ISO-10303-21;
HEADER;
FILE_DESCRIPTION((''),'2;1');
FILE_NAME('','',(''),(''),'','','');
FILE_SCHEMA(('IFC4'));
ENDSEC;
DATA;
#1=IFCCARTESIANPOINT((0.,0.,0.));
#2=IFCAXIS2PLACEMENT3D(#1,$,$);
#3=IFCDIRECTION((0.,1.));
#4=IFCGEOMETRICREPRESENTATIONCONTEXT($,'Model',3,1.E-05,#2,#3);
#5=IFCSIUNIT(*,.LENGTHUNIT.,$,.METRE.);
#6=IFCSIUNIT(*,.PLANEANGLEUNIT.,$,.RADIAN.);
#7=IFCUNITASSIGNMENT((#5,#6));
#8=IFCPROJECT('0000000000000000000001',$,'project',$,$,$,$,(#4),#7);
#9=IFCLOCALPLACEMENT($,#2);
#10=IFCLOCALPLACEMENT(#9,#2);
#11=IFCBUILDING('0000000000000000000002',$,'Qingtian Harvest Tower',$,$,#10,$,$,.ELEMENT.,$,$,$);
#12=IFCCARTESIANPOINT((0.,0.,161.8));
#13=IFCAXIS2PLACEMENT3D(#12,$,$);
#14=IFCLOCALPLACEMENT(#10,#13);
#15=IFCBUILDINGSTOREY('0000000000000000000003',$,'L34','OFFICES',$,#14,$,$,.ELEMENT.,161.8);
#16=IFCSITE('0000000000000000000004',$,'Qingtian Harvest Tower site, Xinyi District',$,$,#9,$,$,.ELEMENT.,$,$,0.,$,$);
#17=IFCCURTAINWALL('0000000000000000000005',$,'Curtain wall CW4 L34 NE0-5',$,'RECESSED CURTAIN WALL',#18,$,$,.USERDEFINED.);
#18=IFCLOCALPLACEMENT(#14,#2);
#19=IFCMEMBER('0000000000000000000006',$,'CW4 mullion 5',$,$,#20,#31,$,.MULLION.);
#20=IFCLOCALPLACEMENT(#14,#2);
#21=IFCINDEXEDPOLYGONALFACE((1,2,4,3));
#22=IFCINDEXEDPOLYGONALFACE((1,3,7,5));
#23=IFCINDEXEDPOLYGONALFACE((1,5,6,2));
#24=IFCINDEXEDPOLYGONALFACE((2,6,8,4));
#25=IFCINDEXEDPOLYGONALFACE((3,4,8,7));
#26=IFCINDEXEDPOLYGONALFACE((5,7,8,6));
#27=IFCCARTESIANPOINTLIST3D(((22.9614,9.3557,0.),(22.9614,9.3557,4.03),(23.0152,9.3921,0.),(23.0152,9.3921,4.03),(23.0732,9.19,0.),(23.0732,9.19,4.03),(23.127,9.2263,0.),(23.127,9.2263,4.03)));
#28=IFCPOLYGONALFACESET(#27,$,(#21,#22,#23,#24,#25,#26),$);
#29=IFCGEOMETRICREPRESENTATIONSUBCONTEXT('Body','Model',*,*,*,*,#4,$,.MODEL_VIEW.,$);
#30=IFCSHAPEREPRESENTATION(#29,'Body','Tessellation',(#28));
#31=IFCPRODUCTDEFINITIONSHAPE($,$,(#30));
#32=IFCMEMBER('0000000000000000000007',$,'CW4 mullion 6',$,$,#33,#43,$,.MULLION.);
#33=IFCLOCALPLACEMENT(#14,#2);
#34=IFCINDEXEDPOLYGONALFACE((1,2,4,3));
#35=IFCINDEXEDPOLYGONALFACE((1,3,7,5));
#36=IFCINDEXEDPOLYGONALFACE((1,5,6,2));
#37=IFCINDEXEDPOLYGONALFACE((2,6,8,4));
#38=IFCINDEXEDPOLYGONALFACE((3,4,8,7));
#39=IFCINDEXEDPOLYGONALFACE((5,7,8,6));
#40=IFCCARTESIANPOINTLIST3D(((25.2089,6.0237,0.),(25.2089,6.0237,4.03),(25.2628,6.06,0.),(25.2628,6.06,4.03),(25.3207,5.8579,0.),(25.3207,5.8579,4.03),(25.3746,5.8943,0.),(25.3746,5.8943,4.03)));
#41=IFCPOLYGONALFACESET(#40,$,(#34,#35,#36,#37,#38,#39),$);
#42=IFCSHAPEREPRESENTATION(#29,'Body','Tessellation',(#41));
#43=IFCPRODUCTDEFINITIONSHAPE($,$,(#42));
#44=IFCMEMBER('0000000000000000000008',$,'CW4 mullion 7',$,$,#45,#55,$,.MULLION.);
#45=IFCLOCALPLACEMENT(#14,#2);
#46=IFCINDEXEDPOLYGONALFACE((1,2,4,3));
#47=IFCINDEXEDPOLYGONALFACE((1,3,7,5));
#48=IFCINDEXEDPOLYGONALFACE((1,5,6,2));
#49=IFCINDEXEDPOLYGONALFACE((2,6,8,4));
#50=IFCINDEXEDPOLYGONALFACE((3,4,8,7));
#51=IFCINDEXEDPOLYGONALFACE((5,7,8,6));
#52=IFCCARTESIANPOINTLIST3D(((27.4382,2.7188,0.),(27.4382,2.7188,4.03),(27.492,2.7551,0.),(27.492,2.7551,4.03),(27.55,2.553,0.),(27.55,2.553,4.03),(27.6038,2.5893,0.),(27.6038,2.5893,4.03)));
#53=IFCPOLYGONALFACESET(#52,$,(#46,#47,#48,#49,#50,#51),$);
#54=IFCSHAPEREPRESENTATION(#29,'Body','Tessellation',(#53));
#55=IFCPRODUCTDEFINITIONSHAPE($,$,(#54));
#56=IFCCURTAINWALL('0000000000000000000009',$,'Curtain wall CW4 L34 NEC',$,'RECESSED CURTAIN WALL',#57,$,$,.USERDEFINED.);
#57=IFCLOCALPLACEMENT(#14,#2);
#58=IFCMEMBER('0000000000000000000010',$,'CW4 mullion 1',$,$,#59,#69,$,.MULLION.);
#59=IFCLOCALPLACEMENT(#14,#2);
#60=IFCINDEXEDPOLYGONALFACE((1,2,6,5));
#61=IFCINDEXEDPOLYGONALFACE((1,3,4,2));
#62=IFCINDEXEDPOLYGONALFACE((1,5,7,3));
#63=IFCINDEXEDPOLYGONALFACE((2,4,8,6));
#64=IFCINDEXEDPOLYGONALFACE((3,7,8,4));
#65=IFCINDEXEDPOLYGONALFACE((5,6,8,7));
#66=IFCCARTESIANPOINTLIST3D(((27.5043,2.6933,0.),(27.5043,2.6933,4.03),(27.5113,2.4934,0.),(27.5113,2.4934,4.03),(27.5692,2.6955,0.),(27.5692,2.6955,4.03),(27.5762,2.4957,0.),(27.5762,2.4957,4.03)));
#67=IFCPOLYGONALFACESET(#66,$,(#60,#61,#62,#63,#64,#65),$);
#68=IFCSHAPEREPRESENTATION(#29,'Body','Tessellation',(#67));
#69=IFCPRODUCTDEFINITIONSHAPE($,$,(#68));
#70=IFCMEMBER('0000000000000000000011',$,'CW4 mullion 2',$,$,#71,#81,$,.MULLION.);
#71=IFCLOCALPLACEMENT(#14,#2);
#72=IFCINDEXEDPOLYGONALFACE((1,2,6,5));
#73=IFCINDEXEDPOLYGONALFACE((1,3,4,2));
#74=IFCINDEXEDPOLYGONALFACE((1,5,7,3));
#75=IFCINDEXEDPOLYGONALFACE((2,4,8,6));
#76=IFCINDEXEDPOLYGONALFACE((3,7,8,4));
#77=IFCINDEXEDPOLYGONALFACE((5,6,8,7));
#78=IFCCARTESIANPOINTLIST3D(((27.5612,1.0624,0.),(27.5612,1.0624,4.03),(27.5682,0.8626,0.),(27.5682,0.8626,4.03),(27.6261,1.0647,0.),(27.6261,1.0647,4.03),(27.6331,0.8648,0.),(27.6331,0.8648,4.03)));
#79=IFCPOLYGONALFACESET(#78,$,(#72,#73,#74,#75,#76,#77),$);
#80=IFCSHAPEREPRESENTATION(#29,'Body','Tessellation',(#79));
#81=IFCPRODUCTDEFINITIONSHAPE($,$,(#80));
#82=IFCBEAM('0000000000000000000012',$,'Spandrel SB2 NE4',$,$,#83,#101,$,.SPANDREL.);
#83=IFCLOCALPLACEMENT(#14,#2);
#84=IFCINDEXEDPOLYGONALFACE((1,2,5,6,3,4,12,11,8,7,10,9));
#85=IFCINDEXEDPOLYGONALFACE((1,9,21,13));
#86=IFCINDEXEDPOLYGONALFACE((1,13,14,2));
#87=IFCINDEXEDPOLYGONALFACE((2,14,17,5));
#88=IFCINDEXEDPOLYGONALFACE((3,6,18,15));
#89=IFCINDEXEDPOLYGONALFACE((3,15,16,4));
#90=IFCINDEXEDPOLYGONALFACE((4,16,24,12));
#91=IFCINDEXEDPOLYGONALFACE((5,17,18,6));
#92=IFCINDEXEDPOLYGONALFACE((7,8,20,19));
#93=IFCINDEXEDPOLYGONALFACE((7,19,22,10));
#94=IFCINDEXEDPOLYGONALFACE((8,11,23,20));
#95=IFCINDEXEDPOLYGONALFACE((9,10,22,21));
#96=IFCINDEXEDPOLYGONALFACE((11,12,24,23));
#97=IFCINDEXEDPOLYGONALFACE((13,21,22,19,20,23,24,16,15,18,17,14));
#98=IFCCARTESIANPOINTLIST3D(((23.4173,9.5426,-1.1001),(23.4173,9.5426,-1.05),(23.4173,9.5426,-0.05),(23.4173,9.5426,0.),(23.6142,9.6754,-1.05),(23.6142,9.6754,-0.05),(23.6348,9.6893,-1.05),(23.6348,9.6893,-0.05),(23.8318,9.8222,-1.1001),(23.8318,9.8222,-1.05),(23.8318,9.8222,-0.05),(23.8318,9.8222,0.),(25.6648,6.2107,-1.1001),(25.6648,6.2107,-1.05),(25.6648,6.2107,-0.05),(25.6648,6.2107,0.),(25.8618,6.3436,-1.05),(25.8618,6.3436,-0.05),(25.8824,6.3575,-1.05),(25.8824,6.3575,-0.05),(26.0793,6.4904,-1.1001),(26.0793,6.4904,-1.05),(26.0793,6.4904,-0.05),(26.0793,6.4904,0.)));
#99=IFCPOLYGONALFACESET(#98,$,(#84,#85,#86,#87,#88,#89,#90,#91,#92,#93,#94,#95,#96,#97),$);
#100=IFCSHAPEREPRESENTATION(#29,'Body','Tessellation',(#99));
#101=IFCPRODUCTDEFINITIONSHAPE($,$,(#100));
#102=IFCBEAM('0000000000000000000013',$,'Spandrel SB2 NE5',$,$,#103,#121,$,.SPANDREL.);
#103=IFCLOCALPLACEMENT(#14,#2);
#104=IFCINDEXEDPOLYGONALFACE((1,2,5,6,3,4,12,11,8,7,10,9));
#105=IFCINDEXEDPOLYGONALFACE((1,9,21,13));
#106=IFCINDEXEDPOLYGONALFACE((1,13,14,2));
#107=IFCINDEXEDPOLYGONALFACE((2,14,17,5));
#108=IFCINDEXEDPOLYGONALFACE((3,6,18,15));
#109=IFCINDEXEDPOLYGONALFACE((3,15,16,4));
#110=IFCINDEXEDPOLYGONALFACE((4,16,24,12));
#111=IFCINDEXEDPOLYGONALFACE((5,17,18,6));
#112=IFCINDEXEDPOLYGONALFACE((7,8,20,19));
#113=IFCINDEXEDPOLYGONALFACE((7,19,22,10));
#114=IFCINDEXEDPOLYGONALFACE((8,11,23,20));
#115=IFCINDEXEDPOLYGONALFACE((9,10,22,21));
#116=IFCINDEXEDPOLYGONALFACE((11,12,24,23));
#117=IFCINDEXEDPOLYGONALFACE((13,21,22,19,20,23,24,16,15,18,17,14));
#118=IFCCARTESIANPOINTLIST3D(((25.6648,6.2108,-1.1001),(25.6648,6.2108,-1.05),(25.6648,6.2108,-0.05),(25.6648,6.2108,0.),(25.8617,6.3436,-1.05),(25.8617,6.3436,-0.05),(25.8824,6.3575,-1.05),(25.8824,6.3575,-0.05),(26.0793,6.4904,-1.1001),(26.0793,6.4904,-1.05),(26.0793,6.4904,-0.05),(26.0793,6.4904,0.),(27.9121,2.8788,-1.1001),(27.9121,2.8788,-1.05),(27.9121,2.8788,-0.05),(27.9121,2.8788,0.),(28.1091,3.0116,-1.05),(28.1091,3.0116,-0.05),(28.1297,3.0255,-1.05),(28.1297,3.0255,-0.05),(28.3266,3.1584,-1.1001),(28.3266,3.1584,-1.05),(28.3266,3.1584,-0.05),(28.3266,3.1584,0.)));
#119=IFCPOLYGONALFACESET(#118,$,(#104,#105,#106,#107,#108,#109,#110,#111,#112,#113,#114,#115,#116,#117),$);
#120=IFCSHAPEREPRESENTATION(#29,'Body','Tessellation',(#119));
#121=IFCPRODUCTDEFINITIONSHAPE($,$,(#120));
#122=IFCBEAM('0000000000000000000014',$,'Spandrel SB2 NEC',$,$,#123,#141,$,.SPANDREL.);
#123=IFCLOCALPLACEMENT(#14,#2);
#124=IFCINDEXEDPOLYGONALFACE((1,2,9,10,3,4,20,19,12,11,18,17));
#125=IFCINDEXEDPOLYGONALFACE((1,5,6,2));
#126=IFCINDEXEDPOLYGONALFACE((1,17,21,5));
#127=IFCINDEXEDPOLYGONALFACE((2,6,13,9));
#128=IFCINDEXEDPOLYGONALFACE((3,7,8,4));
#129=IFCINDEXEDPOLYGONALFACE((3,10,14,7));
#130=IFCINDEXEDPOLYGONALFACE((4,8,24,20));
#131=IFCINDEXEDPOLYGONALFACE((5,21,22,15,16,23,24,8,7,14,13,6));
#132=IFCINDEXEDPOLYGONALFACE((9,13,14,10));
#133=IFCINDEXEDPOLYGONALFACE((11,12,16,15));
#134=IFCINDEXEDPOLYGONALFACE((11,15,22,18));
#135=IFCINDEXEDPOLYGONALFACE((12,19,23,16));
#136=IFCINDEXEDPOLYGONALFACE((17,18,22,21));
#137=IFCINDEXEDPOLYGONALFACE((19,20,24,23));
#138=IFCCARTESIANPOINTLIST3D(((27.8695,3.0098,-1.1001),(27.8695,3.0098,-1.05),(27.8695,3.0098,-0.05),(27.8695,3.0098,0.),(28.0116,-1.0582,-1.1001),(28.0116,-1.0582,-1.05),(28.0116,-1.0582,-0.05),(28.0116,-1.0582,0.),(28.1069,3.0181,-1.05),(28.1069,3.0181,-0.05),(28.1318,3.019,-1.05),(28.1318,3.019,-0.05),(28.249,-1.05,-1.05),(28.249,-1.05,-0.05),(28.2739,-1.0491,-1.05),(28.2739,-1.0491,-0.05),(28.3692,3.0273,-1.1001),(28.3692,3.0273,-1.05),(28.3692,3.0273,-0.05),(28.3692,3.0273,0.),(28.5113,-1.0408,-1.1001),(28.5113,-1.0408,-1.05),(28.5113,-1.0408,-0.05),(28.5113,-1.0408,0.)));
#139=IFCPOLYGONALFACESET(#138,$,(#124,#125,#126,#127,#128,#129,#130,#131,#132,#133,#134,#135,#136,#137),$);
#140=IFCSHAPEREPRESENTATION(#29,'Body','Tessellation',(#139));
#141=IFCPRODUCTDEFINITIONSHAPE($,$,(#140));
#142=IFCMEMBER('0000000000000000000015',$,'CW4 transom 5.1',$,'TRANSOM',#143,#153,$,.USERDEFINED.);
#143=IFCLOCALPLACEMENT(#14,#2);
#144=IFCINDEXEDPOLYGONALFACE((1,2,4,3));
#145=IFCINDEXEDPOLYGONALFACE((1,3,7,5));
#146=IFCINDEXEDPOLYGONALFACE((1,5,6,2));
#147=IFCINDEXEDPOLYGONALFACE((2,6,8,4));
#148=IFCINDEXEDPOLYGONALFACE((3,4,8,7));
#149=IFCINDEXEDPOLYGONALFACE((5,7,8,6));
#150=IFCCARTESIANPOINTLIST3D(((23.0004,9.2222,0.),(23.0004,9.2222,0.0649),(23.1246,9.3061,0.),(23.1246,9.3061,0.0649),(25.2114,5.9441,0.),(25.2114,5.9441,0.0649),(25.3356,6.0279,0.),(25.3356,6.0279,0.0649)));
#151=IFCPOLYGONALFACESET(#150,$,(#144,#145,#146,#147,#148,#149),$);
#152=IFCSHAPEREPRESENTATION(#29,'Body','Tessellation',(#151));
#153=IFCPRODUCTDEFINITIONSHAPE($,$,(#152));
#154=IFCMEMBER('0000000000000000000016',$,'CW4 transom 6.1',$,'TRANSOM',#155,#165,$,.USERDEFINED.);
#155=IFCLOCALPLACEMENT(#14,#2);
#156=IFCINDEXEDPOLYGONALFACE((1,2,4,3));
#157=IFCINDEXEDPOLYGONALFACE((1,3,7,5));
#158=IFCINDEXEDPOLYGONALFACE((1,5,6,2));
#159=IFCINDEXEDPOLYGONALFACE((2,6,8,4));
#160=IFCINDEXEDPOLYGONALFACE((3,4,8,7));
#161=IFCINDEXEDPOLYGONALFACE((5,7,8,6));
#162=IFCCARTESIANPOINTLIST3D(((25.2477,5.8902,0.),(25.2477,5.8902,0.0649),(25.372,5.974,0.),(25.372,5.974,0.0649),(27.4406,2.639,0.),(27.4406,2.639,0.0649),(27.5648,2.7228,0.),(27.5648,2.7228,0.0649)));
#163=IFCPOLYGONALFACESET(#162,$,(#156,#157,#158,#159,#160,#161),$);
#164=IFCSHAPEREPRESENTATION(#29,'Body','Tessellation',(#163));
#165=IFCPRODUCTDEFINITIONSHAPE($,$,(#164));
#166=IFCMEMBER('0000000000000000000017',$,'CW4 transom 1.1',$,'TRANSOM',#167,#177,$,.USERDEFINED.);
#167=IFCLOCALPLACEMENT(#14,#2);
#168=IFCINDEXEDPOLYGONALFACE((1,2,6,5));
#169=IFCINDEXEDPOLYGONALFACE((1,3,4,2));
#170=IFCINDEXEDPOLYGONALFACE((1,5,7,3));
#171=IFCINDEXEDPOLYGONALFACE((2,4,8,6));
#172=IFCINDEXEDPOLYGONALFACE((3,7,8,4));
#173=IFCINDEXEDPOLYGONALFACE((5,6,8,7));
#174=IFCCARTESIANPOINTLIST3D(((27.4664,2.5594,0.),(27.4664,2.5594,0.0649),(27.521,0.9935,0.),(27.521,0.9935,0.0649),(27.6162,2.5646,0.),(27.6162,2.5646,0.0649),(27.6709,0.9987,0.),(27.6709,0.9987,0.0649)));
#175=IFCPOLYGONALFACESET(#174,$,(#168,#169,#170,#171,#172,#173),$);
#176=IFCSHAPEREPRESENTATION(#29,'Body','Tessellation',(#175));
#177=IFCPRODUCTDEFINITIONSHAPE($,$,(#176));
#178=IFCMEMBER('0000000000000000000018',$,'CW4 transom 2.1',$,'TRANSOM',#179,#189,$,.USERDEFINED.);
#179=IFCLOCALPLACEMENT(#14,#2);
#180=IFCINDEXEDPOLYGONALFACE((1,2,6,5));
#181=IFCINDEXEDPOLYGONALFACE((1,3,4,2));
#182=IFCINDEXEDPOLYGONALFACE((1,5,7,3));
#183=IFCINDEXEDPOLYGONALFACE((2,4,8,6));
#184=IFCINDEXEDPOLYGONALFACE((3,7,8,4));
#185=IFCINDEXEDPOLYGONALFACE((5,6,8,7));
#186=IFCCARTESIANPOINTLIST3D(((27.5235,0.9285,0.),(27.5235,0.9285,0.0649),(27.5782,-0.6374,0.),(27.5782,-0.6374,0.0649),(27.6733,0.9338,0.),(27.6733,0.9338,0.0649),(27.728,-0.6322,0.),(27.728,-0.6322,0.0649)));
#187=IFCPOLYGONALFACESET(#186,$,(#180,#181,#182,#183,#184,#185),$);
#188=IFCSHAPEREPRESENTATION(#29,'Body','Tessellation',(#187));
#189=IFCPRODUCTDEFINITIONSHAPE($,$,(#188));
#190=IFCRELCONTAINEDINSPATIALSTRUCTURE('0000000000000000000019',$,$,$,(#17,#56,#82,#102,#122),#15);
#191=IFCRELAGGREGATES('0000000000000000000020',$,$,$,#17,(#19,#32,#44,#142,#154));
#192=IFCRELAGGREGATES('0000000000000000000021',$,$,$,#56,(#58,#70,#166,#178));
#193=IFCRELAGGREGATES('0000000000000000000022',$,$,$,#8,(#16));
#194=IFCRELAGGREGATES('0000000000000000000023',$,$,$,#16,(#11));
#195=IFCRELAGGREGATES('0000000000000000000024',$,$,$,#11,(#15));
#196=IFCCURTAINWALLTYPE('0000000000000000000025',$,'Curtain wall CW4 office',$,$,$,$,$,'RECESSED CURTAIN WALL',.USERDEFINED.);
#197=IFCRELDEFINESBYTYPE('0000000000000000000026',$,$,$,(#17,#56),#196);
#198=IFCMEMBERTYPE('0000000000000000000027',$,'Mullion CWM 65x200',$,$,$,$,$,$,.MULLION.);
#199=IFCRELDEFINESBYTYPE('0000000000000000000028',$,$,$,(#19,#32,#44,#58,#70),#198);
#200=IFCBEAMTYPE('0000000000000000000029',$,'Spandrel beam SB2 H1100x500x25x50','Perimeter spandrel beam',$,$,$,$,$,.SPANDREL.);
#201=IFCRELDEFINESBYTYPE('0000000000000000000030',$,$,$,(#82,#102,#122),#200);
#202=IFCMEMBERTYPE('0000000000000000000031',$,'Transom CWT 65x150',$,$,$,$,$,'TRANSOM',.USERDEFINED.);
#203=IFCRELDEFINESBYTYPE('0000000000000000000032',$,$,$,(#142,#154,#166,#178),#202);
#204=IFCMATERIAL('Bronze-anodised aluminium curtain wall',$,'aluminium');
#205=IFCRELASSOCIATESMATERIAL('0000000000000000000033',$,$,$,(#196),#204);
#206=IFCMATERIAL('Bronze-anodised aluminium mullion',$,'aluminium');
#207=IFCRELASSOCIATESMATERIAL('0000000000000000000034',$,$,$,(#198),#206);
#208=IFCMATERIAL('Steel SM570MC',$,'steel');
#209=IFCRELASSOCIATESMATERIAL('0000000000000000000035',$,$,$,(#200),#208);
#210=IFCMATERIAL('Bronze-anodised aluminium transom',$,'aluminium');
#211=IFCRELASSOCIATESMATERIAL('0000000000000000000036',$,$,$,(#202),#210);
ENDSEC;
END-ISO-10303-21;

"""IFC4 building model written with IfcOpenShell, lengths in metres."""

from ifc_helpers import new_model, si_unit, direction, frame, origin, origin_2d, place, context, subcontext, project, spatial, rectangle, i_section, extrude, material, material_profile, profile_set, type_object, element, aggregate, save


model = new_model("IFC4")

# Units and contexts
model_context = context("Model", 3, precision=1e-05, world=origin(), true_north=direction((0.0, 1.0)))
body_context = subcontext(model_context, "Body", "Model", "MODEL_VIEW")
ifc_project = project(units=[si_unit("LENGTHUNIT", "METRE"), si_unit("PLANEANGLEUNIT", "RADIAN")], contexts=[model_context])

# Site, building, storey
site_placement = place(None, origin())
site = spatial("IfcSite", under=ifc_project, at=site_placement, Name="Qingtian Harvest Tower site, Xinyi District", CompositionType="ELEMENT", RefElevation=0.0)
building_placement = place(site_placement, origin())
building = spatial("IfcBuilding", under=site, at=building_placement, Name="Qingtian Harvest Tower", CompositionType="ELEMENT")
storey_placement = place(building_placement, frame((0.0, 0.0, 161.8)))
storey = spatial("IfcBuildingStorey", under=building, at=storey_placement, Name="L34", Description="OFFICES", CompositionType="ELEMENT", Elevation=161.8)

# Curtain walls, members
ifc_material_1 = material(Name="Bronze-anodised aluminium curtain wall", Category="aluminium")
curtain_wall_type = type_object("IfcCurtainWallType", Name="Curtain wall CW4 office", ElementType="RECESSED CURTAIN WALL", PredefinedType="USERDEFINED", material=ifc_material_1)
curtain_wall_1_placement = place(storey_placement, origin())
curtain_wall_1 = element("IfcCurtainWall", 1, at=curtain_wall_1_placement, inside=storey, type_object=curtain_wall_type, Name="Curtain wall CW4 L34 NE0-5", ObjectType="RECESSED CURTAIN WALL", PredefinedType="USERDEFINED")
ifc_material_2 = material(Name="Bronze-anodised aluminium mullion", Category="aluminium")
ifc_material_profile_1 = material_profile(ifc_material_2, rectangle(XDim=0.0649, YDim=0.2, at=origin_2d()), Name="AL 65x200")
ifc_profile_set_1 = profile_set([ifc_material_profile_1], Name="Bronze-anodised aluminium mullion")
member_type_1 = type_object("IfcMemberType", Name="Mullion CWM 65x200", PredefinedType="MULLION", material=ifc_profile_set_1)
member_1_placement = place(storey_placement, frame((23.0442, 9.291, 0.0), z_axis=(0.0, 0.0, 1.0), x_axis=(0.829038, 0.559193, 0.0)))
member_1 = element("IfcMember", 2, at=member_1_placement, type_object=member_type_1, Name="CW4 mullion 5", PredefinedType="MULLION", context=body_context, shape_type="SweptSolid", body=[
    extrude(rectangle(XDim=0.0649, YDim=0.2, at=origin_2d()), origin(), (0.0, 0.0, 1.0), 4.03),
])
member_2_placement = place(storey_placement, frame((25.2917, 5.959, 0.0), z_axis=(0.0, 0.0, 1.0), x_axis=(0.829038, 0.559193, 0.0)))
member_2 = element("IfcMember", 3, at=member_2_placement, type_object=member_type_1, Name="CW4 mullion 6", PredefinedType="MULLION", context=body_context, shape_type="SweptSolid", body=[
    extrude(rectangle(XDim=0.0649, YDim=0.2, at=origin_2d()), origin(), (0.0, 0.0, 1.0), 4.03),
])
member_3_placement = place(storey_placement, frame((27.521, 2.6541, 0.0), z_axis=(0.0, 0.0, 1.0), x_axis=(0.829038, 0.559193, 0.0)))
member_3 = element("IfcMember", 4, at=member_3_placement, type_object=member_type_1, Name="CW4 mullion 7", PredefinedType="MULLION", context=body_context, shape_type="SweptSolid", body=[
    extrude(rectangle(XDim=0.0649, YDim=0.2, at=origin_2d()), origin(), (0.0, 0.0, 1.0), 4.03),
])
curtain_wall_2_placement = place(storey_placement, origin())
curtain_wall_2 = element("IfcCurtainWall", 5, at=curtain_wall_2_placement, inside=storey, type_object=curtain_wall_type, Name="Curtain wall CW4 L34 NEC", ObjectType="RECESSED CURTAIN WALL", PredefinedType="USERDEFINED")
member_4_placement = place(storey_placement, frame((27.5403, 2.5945, 0.0), z_axis=(0.0, 0.0, 1.0), x_axis=(0.999391, 0.034899, 0.0)))
member_4 = element("IfcMember", 6, at=member_4_placement, type_object=member_type_1, Name="CW4 mullion 1", PredefinedType="MULLION", context=body_context, shape_type="SweptSolid", body=[
    extrude(rectangle(XDim=0.0649, YDim=0.2, at=origin_2d()), origin(), (0.0, 0.0, 1.0), 4.03),
])
member_5_placement = place(storey_placement, frame((27.5972, 0.9636, 0.0), z_axis=(0.0, 0.0, 1.0), x_axis=(0.999391, 0.034899, 0.0)))
member_5 = element("IfcMember", 7, at=member_5_placement, type_object=member_type_1, Name="CW4 mullion 2", PredefinedType="MULLION", context=body_context, shape_type="SweptSolid", body=[
    extrude(rectangle(XDim=0.0649, YDim=0.2, at=origin_2d()), origin(), (0.0, 0.0, 1.0), 4.03),
])

# Beams
ifc_material_3 = material(Name="Steel SM570MC", Category="steel")
ifc_material_profile_2 = material_profile(ifc_material_3, i_section(OverallWidth=0.5, OverallDepth=1.1001, WebThickness=0.0249, FlangeThickness=0.05, at=origin_2d()), Name="H1100x500x25x50")
ifc_profile_set_2 = profile_set([ifc_material_profile_2], Name="Steel SM570MC")
beam_type_1 = type_object("IfcBeamType", Name="Spandrel beam SB2 H1100x500x25x50", Description="Perimeter spandrel beam", PredefinedType="SPANDREL", material=ifc_profile_set_2)
for number, where, z_axis, x_axis, name in (
    (8, (23.6245, 9.6824, -0.55), (0.559234, -0.82901, 0.0), (0.82901, 0.559234, 0.0), "Spandrel SB2 NE4"),
    (9, (25.8721, 6.3506, -0.55), (0.559164, -0.829057, 0.0), (0.829057, 0.559164, 0.0), "Spandrel SB2 NE5"),
):
    element("IfcBeam", number, at=place(storey_placement, frame(where, z_axis=z_axis, x_axis=x_axis)), inside=storey, type_object=beam_type_1, Name=name, PredefinedType="SPANDREL", context=body_context, shape_type="SweptSolid", body=[
        extrude(i_section(OverallWidth=0.5, OverallDepth=1.1001, WebThickness=0.0249, FlangeThickness=0.05, at=origin_2d()), origin(), (0.0, 0.0, 1.0), 4.019),
    ])
beam_1_placement = place(storey_placement, frame((28.1194, 3.0186, -0.55), z_axis=(0.034906, -0.999391, 0.0), x_axis=(0.999391, 0.034906, 0.0)))
element("IfcBeam", 10, at=beam_1_placement, inside=storey, type_object=beam_type_1, Name="Spandrel SB2 NEC", PredefinedType="SPANDREL", context=body_context, shape_type="SweptSolid", body=[
    extrude(i_section(OverallWidth=0.5, OverallDepth=1.1001, WebThickness=0.0249, FlangeThickness=0.05, at=origin_2d()), origin(), (0.0, 0.0, 1.0), 4.0706),
])

# Members
ifc_material_4 = material(Name="Bronze-anodised aluminium transom", Category="aluminium")
ifc_material_profile_3 = material_profile(ifc_material_4, rectangle(XDim=0.1499, YDim=0.0649, at=origin_2d()), Name="AL 65x150")
ifc_profile_set_3 = profile_set([ifc_material_profile_3], Name="Bronze-anodised aluminium transom")
member_type_2 = type_object("IfcMemberType", Name="Transom CWT 65x150", ElementType="TRANSOM", PredefinedType="USERDEFINED", material=ifc_profile_set_3)
member_6_placement = place(storey_placement, frame((23.0625, 9.2642, 0.0325), z_axis=(0.559166, -0.829055, 0.0), x_axis=(0.829055, 0.559166, 0.0)))
member_6 = element("IfcMember", 11, at=member_6_placement, type_object=member_type_2, Name="CW4 transom 5.1", ObjectType="TRANSOM", PredefinedType="USERDEFINED", context=body_context, shape_type="SweptSolid", body=[
    extrude(rectangle(XDim=0.1499, YDim=0.0649, at=origin_2d()), origin(), (0.0, 0.0, 1.0), 3.9541),
])
member_7_placement = place(storey_placement, frame((25.3098, 5.9321, 0.0325), z_axis=(0.559175, -0.82905, 0.0), x_axis=(0.82905, 0.559175, 0.0)))
member_7 = element("IfcMember", 12, at=member_7_placement, type_object=member_type_2, Name="CW4 transom 6.1", ObjectType="TRANSOM", PredefinedType="USERDEFINED", context=body_context, shape_type="SweptSolid", body=[
    extrude(rectangle(XDim=0.1499, YDim=0.0649, at=origin_2d()), origin(), (0.0, 0.0, 1.0), 3.9216),
])
member_8_placement = place(storey_placement, frame((27.5413, 2.562, 0.0325), z_axis=(0.034902, -0.999391, 0.0), x_axis=(0.999391, 0.034902, 0.0)))
member_8 = element("IfcMember", 13, at=member_8_placement, type_object=member_type_2, Name="CW4 transom 1.1", ObjectType="TRANSOM", PredefinedType="USERDEFINED", context=body_context, shape_type="SweptSolid", body=[
    extrude(rectangle(XDim=0.1499, YDim=0.0649, at=origin_2d()), origin(), (0.0, 0.0, 1.0), 1.5669),
])
member_9_placement = place(storey_placement, frame((27.5984, 0.9312, 0.0325), z_axis=(0.034902, -0.999391, 0.0), x_axis=(0.999391, 0.034902, 0.0)))
member_9 = element("IfcMember", 14, at=member_9_placement, type_object=member_type_2, Name="CW4 transom 2.1", ObjectType="TRANSOM", PredefinedType="USERDEFINED", context=body_context, shape_type="SweptSolid", body=[
    extrude(rectangle(XDim=0.1499, YDim=0.0649, at=origin_2d()), origin(), (0.0, 0.0, 1.0), 1.5669),
])

aggregate(curtain_wall_1, [member_1, member_2, member_3, member_6, member_7])
aggregate(curtain_wall_2, [member_4, member_5, member_8, member_9])

save(model, "model.ifc")
